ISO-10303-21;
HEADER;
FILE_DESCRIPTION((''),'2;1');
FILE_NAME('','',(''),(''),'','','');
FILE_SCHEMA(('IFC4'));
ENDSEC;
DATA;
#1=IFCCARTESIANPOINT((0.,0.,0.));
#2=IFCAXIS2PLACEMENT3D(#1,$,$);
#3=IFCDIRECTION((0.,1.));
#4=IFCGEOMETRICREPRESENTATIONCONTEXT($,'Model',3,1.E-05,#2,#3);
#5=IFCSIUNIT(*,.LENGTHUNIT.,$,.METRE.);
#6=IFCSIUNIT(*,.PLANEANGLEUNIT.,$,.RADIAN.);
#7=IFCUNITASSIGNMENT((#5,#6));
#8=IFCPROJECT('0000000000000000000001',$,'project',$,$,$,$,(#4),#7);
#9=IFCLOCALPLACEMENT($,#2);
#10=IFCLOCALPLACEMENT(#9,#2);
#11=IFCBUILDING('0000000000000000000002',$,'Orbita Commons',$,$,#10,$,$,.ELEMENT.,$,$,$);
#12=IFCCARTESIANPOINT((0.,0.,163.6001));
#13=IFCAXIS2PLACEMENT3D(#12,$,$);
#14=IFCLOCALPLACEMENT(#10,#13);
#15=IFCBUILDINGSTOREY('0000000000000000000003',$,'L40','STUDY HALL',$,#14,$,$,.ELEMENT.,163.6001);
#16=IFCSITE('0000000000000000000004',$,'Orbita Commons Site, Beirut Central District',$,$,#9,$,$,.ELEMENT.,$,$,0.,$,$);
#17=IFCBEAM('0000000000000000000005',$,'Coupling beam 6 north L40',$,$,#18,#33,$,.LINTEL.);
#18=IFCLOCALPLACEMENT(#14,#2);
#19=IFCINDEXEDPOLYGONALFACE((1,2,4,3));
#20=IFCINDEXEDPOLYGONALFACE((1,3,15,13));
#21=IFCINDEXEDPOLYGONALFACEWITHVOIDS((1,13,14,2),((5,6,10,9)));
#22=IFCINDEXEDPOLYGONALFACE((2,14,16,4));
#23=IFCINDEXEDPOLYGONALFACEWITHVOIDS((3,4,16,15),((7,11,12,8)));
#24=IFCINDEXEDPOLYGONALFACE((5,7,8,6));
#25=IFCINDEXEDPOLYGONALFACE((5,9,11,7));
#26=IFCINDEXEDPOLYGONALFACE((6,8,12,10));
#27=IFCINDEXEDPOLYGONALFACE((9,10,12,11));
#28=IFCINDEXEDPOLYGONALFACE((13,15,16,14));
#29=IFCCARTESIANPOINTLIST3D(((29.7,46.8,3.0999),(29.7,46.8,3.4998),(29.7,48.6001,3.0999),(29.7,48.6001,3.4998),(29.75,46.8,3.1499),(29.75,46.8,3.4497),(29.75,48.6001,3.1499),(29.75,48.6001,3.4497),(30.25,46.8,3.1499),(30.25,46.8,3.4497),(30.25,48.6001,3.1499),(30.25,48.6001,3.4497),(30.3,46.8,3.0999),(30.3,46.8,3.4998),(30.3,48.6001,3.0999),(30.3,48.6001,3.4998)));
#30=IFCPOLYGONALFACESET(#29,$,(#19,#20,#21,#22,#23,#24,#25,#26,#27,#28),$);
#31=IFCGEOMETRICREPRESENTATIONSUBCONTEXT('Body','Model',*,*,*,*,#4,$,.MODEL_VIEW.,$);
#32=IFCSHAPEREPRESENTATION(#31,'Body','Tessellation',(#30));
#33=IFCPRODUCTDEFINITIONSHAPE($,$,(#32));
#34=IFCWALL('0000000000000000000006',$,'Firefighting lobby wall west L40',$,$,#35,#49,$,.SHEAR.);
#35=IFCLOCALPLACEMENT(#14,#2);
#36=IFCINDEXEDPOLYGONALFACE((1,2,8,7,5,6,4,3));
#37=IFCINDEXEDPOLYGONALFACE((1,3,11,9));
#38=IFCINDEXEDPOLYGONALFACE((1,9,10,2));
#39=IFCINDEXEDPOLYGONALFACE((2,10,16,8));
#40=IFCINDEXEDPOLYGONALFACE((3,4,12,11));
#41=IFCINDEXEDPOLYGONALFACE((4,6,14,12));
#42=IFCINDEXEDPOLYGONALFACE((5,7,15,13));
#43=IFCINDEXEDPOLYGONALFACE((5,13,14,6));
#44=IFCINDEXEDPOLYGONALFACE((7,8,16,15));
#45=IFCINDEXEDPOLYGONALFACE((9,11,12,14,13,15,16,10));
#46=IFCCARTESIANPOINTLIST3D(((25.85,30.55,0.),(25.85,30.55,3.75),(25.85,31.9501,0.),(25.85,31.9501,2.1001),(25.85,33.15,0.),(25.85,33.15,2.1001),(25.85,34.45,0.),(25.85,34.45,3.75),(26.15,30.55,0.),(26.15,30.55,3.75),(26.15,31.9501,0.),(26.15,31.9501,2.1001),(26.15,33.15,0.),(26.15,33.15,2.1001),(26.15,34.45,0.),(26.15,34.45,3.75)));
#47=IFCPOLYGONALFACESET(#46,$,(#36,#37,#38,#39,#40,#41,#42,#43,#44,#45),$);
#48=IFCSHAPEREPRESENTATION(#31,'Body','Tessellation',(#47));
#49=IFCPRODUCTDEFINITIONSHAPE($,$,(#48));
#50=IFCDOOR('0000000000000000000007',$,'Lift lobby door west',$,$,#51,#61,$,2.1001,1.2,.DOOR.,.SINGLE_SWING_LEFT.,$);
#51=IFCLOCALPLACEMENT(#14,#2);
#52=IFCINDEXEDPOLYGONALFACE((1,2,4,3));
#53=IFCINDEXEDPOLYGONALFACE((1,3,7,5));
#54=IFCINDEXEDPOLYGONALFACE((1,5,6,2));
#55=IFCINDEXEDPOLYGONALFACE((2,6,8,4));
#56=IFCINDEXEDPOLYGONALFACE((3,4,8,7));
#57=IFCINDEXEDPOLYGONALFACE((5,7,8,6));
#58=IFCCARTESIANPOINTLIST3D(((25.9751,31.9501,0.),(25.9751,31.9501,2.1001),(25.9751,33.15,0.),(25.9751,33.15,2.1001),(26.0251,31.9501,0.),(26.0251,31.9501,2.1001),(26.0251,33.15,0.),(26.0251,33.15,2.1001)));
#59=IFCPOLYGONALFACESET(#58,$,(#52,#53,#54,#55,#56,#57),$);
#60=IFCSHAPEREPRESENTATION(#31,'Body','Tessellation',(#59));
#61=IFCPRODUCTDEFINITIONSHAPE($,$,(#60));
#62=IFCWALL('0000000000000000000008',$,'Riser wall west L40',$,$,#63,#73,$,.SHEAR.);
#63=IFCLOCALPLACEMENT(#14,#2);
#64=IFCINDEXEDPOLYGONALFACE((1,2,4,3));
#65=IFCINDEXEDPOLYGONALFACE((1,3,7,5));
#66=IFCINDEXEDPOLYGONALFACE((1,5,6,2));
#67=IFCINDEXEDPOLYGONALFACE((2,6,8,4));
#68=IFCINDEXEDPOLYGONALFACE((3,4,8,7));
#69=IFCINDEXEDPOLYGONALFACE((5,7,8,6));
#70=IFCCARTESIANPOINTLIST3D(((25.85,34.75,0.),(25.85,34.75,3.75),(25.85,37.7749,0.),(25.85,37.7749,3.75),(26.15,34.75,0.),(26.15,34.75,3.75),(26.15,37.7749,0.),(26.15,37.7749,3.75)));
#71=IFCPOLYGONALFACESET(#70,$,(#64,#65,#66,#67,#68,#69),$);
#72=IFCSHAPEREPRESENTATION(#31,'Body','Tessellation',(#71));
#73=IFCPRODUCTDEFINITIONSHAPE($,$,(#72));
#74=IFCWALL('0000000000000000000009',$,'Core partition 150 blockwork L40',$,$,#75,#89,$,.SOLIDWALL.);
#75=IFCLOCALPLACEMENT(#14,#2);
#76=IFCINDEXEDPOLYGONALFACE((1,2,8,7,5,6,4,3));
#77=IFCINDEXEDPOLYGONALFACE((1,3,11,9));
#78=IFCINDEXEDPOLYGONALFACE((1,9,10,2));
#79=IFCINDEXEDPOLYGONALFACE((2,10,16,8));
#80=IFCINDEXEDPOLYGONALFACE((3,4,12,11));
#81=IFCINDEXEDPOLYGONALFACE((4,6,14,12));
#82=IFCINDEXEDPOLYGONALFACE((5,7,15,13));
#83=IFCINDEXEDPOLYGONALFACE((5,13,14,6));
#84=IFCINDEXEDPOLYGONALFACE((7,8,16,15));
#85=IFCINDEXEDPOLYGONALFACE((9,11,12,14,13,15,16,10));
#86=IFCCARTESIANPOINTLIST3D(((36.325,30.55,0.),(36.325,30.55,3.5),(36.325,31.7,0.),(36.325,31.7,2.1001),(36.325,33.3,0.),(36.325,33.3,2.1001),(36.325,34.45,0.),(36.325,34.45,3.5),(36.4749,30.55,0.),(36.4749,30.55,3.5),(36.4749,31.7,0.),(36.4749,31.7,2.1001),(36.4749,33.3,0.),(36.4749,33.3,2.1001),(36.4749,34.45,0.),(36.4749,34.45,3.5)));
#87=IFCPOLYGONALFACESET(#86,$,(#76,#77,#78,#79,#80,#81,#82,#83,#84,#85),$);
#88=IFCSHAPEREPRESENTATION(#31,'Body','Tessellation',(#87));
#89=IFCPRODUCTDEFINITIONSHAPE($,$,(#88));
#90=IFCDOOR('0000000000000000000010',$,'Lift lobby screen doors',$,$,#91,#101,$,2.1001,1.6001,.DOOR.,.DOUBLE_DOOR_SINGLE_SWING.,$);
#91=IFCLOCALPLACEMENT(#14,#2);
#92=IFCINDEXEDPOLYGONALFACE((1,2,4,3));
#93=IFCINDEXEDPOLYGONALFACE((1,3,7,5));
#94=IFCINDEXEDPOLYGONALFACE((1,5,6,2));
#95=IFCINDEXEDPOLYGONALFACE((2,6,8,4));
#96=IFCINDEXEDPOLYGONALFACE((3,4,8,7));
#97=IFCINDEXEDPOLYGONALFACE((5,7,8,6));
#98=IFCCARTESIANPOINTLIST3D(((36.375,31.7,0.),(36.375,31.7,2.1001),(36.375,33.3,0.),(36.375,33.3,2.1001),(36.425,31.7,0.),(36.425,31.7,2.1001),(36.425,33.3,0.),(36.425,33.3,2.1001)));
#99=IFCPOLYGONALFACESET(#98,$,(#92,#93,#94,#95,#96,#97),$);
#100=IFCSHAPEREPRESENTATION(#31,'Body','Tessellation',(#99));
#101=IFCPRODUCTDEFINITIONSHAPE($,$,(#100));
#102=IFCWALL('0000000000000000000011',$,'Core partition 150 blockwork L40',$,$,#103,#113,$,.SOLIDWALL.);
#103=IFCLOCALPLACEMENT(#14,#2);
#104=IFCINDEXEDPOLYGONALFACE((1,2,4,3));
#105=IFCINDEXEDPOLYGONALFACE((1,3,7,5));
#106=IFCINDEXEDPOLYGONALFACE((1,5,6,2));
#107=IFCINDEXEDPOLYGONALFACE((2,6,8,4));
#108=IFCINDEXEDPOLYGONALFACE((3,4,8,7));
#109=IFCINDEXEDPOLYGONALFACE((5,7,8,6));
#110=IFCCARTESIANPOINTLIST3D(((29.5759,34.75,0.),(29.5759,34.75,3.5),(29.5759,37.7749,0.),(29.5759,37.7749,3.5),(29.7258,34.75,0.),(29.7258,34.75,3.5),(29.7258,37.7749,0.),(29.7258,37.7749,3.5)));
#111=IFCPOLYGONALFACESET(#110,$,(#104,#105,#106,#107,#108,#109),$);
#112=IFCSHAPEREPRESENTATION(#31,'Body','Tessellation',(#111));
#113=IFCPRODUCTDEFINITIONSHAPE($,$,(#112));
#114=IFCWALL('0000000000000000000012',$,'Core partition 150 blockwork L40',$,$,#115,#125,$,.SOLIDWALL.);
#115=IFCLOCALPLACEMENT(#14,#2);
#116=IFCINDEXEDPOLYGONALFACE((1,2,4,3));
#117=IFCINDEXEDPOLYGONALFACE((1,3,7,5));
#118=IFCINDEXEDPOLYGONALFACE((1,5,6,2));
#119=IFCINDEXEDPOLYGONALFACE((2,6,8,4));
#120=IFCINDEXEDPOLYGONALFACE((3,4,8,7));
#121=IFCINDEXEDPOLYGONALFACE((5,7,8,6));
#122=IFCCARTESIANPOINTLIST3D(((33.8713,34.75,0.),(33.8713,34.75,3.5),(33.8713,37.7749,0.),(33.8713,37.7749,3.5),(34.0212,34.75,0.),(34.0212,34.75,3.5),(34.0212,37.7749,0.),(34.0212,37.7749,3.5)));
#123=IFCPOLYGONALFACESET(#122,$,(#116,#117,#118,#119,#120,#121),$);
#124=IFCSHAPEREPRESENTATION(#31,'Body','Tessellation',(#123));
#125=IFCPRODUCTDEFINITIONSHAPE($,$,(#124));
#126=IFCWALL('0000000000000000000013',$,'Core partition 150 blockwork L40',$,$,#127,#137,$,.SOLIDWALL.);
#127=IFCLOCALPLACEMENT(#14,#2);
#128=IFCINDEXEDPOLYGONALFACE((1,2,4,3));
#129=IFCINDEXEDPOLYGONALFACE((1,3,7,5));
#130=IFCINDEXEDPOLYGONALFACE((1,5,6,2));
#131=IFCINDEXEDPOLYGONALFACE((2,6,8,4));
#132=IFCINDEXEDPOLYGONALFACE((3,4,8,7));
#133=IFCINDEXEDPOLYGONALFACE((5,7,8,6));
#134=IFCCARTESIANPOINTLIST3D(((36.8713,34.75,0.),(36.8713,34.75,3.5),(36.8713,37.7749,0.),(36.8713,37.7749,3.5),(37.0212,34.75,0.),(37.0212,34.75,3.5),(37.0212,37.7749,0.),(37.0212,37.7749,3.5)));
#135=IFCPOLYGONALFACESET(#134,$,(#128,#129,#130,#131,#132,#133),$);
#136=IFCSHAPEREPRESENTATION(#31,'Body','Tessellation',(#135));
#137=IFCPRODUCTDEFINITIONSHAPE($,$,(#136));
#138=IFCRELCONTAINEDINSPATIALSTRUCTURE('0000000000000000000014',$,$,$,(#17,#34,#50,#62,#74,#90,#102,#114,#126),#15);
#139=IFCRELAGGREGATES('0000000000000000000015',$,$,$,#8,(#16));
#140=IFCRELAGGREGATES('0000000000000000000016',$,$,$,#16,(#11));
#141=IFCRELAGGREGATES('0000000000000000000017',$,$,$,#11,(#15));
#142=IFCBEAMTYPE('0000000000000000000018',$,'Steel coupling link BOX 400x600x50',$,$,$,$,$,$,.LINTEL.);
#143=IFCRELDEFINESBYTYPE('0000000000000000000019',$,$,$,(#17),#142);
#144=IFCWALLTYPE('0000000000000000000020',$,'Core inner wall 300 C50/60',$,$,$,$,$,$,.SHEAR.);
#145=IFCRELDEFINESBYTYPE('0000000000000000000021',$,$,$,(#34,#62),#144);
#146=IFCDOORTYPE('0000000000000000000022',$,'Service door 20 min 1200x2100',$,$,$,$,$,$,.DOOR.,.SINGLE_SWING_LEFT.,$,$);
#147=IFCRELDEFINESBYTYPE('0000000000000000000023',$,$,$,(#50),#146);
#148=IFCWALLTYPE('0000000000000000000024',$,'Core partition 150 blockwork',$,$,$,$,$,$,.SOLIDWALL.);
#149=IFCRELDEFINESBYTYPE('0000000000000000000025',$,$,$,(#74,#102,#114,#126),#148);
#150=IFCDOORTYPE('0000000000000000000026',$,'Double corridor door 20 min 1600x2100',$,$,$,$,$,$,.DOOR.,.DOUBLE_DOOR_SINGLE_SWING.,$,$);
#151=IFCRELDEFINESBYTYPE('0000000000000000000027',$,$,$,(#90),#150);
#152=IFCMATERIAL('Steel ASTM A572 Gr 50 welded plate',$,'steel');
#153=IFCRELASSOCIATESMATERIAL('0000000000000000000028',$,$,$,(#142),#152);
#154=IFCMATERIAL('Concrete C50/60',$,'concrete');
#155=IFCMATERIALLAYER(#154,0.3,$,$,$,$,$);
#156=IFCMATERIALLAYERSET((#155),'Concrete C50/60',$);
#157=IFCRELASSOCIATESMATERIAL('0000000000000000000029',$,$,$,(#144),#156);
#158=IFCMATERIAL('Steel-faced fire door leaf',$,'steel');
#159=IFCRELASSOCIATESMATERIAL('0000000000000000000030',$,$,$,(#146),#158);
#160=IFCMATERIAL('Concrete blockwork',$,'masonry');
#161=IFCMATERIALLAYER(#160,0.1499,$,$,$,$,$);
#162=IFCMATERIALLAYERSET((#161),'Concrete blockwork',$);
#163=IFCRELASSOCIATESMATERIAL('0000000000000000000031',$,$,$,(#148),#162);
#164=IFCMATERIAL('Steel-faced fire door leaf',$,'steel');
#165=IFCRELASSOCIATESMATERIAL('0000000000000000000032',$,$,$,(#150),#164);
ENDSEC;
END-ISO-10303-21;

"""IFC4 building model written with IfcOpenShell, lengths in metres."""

from ifc_helpers import new_model, si_unit, direction, frame, frame_2d, origin, origin_2d, place, context, subcontext, project, spatial, rectangle, hollow_rectangle, extrude, material, layer, layer_set, material_profile, profile_set, type_object, element, fill, save


model = new_model("IFC4")

# Units and contexts
model_context = context("Model", 3, precision=1e-05, world=origin(), true_north=direction((0.0, 1.0)))
body_context = subcontext(model_context, "Body", "Model", "MODEL_VIEW")
ifc_project = project(units=[si_unit("LENGTHUNIT", "METRE"), si_unit("PLANEANGLEUNIT", "RADIAN")], contexts=[model_context])

# Site, building, storey
site_placement = place(None, origin())
site = spatial("IfcSite", under=ifc_project, at=site_placement, Name="Orbita Commons Site, Beirut Central District", CompositionType="ELEMENT", RefElevation=0.0)
building_placement = place(site_placement, origin())
building = spatial("IfcBuilding", under=site, at=building_placement, Name="Orbita Commons", CompositionType="ELEMENT")
storey_placement = place(building_placement, frame((0.0, 0.0, 163.6001)))
storey = spatial("IfcBuildingStorey", under=building, at=storey_placement, Name="L40", Description="STUDY HALL", CompositionType="ELEMENT", Elevation=163.6001)

# Beam
ifc_material_1 = material(Name="Steel ASTM A572 Gr 50 welded plate", Category="steel")
ifc_material_profile = material_profile(ifc_material_1, hollow_rectangle(XDim=0.6001, YDim=0.3999, WallThickness=0.05, at=origin_2d()), Name="BOX 400x600x50")
ifc_profile_set = profile_set([ifc_material_profile], Name="Steel ASTM A572 Gr 50 welded plate")
beam_type = type_object("IfcBeamType", Name="Steel coupling link BOX 400x600x50", PredefinedType="LINTEL", material=ifc_profile_set)
beam_placement = place(storey_placement, frame((30.0, 46.8, 3.2998), z_axis=(0.0, 1.0, 0.0), x_axis=(-1.0, 0.0, 0.0)))
element("IfcBeam", 1, at=beam_placement, inside=storey, type_object=beam_type, Name="Coupling beam 6 north L40", PredefinedType="LINTEL", context=body_context, shape_type="SweptSolid", body=[
    extrude(hollow_rectangle(XDim=0.6001, YDim=0.3999, WallThickness=0.05, at=origin_2d()), origin(), (0.0, 0.0, 1.0), 1.8),
])

# Wall, opening, door
ifc_material_2 = material(Name="Concrete C50/60", Category="concrete")
ifc_layer_1 = layer(ifc_material_2, 0.3)
ifc_layer_set_1 = layer_set([ifc_layer_1], Name="Concrete C50/60")
wall_type_1 = type_object("IfcWallType", Name="Core inner wall 300 C50/60", PredefinedType="SHEAR", material=ifc_layer_set_1)
wall_1_placement = place(storey_placement, frame((26.0, 30.55, 0.0), z_axis=(0.0, 0.0, 1.0), x_axis=(0.0, 1.0, 0.0)))
wall_1 = element("IfcWall", 2, at=wall_1_placement, inside=storey, type_object=wall_type_1, Name="Firefighting lobby wall west L40", PredefinedType="SHEAR", context=body_context, shape_type="SweptSolid", body=[
    extrude(rectangle(XDim=3.8999, YDim=0.3, at=frame_2d((1.95, 0.0))), origin(), (0.0, 0.0, 1.0), 3.75),
])
opening_1_placement = place(wall_1_placement, frame((1.3999, 0.0, 0.0)))
opening_1 = element("IfcOpeningElement", 3, at=opening_1_placement, cuts=wall_1, PredefinedType="OPENING", context=body_context, shape_type="SweptSolid", body=[
    extrude(rectangle(XDim=1.2, YDim=2.1001, at=frame_2d((0.6001, 1.05))), frame((0.0, 0.1599, 0.0), z_axis=(0.0, -1.0, 0.0), x_axis=(1.0, 0.0, 0.0)), (0.0, 0.0, 1.0), 0.3201),
])
ifc_material_3 = material(Name="Steel-faced fire door leaf", Category="steel")
door_type_1 = type_object("IfcDoorType", Name="Service door 20 min 1200x2100", OperationType="SINGLE_SWING_LEFT", PredefinedType="DOOR", material=ifc_material_3)
door_1_placement = place(opening_1_placement, origin())
door_1 = element("IfcDoor", 4, at=door_1_placement, inside=storey, type_object=door_type_1, Name="Lift lobby door west", OperationType="SINGLE_SWING_LEFT", OverallHeight=2.1001, OverallWidth=1.2, PredefinedType="DOOR", context=body_context, shape_type="SweptSolid", body=[
    extrude(rectangle(XDim=1.2, YDim=2.1001, at=frame_2d((0.6001, 1.05))), frame((0.0, 0.0249, 0.0), z_axis=(0.0, -1.0, 0.0), x_axis=(1.0, 0.0, 0.0)), (0.0, 0.0, 1.0), 0.05),
])
fill(opening_1, door_1)

# Wall
wall_2_placement = place(storey_placement, frame((26.0, 34.75, 0.0), z_axis=(0.0, 0.0, 1.0), x_axis=(0.0, 1.0, 0.0)))
element("IfcWall", 5, at=wall_2_placement, inside=storey, type_object=wall_type_1, Name="Riser wall west L40", PredefinedType="SHEAR", context=body_context, shape_type="SweptSolid", body=[
    extrude(rectangle(XDim=3.0249, YDim=0.3, at=frame_2d((1.5125, 0.0))), origin(), (0.0, 0.0, 1.0), 3.75),
])

# Wall, opening, door
ifc_material_4 = material(Name="Concrete blockwork", Category="masonry")
ifc_layer_2 = layer(ifc_material_4, 0.1499)
ifc_layer_set_2 = layer_set([ifc_layer_2], Name="Concrete blockwork")
wall_type_2 = type_object("IfcWallType", Name="Core partition 150 blockwork", PredefinedType="SOLIDWALL", material=ifc_layer_set_2)
wall_3_placement = place(storey_placement, frame((36.3999, 30.55, 0.0), z_axis=(0.0, 0.0, 1.0), x_axis=(0.0, 1.0, 0.0)))
wall_3 = element("IfcWall", 6, at=wall_3_placement, inside=storey, type_object=wall_type_2, Name="Core partition 150 blockwork L40", PredefinedType="SOLIDWALL", context=body_context, shape_type="SweptSolid", body=[
    extrude(rectangle(XDim=3.8999, YDim=0.1499, at=frame_2d((1.95, 0.0))), origin(), (0.0, 0.0, 1.0), 3.5),
])
opening_2_placement = place(wall_3_placement, frame((1.1499, 0.0, 0.0)))
opening_2 = element("IfcOpeningElement", 7, at=opening_2_placement, cuts=wall_3, PredefinedType="OPENING", context=body_context, shape_type="SweptSolid", body=[
    extrude(rectangle(XDim=1.6001, YDim=2.1001, at=frame_2d((0.8, 1.05))), frame((0.0, 0.085, 0.0), z_axis=(0.0, -1.0, 0.0), x_axis=(1.0, 0.0, 0.0)), (0.0, 0.0, 1.0), 0.1699),
])
ifc_material_5 = material(Name="Steel-faced fire door leaf", Category="steel")
door_type_2 = type_object("IfcDoorType", Name="Double corridor door 20 min 1600x2100", OperationType="DOUBLE_DOOR_SINGLE_SWING", PredefinedType="DOOR", material=ifc_material_5)
door_2_placement = place(opening_2_placement, origin())
door_2 = element("IfcDoor", 8, at=door_2_placement, inside=storey, type_object=door_type_2, Name="Lift lobby screen doors", OperationType="DOUBLE_DOOR_SINGLE_SWING", OverallHeight=2.1001, OverallWidth=1.6001, PredefinedType="DOOR", context=body_context, shape_type="SweptSolid", body=[
    extrude(rectangle(XDim=1.6001, YDim=2.1001, at=frame_2d((0.8, 1.05))), frame((0.0, 0.0249, 0.0), z_axis=(0.0, -1.0, 0.0), x_axis=(1.0, 0.0, 0.0)), (0.0, 0.0, 1.0), 0.05),
])
fill(opening_2, door_2)

# Walls
for number, where, z_axis, x_axis, name in (
    (9, (29.6509, 34.75, 0.0), (0.0, 0.0, 1.0), (0.0, 1.0, 0.0), "Core partition 150 blockwork L40"),
    (10, (33.9463, 34.75, 0.0), (0.0, 0.0, 1.0), (0.0, 1.0, 0.0), "Core partition 150 blockwork L40"),
    (11, (36.9463, 34.75, 0.0), (0.0, 0.0, 1.0), (0.0, 1.0, 0.0), "Core partition 150 blockwork L40"),
):
    element("IfcWall", number, at=place(storey_placement, frame(where, z_axis=z_axis, x_axis=x_axis)), inside=storey, type_object=wall_type_2, Name=name, PredefinedType="SOLIDWALL", context=body_context, shape_type="SweptSolid", body=[
        extrude(rectangle(XDim=3.0249, YDim=0.1499, at=frame_2d((1.5125, 0.0))), origin(), (0.0, 0.0, 1.0), 3.5),
    ])

save(model, "model.ifc")
